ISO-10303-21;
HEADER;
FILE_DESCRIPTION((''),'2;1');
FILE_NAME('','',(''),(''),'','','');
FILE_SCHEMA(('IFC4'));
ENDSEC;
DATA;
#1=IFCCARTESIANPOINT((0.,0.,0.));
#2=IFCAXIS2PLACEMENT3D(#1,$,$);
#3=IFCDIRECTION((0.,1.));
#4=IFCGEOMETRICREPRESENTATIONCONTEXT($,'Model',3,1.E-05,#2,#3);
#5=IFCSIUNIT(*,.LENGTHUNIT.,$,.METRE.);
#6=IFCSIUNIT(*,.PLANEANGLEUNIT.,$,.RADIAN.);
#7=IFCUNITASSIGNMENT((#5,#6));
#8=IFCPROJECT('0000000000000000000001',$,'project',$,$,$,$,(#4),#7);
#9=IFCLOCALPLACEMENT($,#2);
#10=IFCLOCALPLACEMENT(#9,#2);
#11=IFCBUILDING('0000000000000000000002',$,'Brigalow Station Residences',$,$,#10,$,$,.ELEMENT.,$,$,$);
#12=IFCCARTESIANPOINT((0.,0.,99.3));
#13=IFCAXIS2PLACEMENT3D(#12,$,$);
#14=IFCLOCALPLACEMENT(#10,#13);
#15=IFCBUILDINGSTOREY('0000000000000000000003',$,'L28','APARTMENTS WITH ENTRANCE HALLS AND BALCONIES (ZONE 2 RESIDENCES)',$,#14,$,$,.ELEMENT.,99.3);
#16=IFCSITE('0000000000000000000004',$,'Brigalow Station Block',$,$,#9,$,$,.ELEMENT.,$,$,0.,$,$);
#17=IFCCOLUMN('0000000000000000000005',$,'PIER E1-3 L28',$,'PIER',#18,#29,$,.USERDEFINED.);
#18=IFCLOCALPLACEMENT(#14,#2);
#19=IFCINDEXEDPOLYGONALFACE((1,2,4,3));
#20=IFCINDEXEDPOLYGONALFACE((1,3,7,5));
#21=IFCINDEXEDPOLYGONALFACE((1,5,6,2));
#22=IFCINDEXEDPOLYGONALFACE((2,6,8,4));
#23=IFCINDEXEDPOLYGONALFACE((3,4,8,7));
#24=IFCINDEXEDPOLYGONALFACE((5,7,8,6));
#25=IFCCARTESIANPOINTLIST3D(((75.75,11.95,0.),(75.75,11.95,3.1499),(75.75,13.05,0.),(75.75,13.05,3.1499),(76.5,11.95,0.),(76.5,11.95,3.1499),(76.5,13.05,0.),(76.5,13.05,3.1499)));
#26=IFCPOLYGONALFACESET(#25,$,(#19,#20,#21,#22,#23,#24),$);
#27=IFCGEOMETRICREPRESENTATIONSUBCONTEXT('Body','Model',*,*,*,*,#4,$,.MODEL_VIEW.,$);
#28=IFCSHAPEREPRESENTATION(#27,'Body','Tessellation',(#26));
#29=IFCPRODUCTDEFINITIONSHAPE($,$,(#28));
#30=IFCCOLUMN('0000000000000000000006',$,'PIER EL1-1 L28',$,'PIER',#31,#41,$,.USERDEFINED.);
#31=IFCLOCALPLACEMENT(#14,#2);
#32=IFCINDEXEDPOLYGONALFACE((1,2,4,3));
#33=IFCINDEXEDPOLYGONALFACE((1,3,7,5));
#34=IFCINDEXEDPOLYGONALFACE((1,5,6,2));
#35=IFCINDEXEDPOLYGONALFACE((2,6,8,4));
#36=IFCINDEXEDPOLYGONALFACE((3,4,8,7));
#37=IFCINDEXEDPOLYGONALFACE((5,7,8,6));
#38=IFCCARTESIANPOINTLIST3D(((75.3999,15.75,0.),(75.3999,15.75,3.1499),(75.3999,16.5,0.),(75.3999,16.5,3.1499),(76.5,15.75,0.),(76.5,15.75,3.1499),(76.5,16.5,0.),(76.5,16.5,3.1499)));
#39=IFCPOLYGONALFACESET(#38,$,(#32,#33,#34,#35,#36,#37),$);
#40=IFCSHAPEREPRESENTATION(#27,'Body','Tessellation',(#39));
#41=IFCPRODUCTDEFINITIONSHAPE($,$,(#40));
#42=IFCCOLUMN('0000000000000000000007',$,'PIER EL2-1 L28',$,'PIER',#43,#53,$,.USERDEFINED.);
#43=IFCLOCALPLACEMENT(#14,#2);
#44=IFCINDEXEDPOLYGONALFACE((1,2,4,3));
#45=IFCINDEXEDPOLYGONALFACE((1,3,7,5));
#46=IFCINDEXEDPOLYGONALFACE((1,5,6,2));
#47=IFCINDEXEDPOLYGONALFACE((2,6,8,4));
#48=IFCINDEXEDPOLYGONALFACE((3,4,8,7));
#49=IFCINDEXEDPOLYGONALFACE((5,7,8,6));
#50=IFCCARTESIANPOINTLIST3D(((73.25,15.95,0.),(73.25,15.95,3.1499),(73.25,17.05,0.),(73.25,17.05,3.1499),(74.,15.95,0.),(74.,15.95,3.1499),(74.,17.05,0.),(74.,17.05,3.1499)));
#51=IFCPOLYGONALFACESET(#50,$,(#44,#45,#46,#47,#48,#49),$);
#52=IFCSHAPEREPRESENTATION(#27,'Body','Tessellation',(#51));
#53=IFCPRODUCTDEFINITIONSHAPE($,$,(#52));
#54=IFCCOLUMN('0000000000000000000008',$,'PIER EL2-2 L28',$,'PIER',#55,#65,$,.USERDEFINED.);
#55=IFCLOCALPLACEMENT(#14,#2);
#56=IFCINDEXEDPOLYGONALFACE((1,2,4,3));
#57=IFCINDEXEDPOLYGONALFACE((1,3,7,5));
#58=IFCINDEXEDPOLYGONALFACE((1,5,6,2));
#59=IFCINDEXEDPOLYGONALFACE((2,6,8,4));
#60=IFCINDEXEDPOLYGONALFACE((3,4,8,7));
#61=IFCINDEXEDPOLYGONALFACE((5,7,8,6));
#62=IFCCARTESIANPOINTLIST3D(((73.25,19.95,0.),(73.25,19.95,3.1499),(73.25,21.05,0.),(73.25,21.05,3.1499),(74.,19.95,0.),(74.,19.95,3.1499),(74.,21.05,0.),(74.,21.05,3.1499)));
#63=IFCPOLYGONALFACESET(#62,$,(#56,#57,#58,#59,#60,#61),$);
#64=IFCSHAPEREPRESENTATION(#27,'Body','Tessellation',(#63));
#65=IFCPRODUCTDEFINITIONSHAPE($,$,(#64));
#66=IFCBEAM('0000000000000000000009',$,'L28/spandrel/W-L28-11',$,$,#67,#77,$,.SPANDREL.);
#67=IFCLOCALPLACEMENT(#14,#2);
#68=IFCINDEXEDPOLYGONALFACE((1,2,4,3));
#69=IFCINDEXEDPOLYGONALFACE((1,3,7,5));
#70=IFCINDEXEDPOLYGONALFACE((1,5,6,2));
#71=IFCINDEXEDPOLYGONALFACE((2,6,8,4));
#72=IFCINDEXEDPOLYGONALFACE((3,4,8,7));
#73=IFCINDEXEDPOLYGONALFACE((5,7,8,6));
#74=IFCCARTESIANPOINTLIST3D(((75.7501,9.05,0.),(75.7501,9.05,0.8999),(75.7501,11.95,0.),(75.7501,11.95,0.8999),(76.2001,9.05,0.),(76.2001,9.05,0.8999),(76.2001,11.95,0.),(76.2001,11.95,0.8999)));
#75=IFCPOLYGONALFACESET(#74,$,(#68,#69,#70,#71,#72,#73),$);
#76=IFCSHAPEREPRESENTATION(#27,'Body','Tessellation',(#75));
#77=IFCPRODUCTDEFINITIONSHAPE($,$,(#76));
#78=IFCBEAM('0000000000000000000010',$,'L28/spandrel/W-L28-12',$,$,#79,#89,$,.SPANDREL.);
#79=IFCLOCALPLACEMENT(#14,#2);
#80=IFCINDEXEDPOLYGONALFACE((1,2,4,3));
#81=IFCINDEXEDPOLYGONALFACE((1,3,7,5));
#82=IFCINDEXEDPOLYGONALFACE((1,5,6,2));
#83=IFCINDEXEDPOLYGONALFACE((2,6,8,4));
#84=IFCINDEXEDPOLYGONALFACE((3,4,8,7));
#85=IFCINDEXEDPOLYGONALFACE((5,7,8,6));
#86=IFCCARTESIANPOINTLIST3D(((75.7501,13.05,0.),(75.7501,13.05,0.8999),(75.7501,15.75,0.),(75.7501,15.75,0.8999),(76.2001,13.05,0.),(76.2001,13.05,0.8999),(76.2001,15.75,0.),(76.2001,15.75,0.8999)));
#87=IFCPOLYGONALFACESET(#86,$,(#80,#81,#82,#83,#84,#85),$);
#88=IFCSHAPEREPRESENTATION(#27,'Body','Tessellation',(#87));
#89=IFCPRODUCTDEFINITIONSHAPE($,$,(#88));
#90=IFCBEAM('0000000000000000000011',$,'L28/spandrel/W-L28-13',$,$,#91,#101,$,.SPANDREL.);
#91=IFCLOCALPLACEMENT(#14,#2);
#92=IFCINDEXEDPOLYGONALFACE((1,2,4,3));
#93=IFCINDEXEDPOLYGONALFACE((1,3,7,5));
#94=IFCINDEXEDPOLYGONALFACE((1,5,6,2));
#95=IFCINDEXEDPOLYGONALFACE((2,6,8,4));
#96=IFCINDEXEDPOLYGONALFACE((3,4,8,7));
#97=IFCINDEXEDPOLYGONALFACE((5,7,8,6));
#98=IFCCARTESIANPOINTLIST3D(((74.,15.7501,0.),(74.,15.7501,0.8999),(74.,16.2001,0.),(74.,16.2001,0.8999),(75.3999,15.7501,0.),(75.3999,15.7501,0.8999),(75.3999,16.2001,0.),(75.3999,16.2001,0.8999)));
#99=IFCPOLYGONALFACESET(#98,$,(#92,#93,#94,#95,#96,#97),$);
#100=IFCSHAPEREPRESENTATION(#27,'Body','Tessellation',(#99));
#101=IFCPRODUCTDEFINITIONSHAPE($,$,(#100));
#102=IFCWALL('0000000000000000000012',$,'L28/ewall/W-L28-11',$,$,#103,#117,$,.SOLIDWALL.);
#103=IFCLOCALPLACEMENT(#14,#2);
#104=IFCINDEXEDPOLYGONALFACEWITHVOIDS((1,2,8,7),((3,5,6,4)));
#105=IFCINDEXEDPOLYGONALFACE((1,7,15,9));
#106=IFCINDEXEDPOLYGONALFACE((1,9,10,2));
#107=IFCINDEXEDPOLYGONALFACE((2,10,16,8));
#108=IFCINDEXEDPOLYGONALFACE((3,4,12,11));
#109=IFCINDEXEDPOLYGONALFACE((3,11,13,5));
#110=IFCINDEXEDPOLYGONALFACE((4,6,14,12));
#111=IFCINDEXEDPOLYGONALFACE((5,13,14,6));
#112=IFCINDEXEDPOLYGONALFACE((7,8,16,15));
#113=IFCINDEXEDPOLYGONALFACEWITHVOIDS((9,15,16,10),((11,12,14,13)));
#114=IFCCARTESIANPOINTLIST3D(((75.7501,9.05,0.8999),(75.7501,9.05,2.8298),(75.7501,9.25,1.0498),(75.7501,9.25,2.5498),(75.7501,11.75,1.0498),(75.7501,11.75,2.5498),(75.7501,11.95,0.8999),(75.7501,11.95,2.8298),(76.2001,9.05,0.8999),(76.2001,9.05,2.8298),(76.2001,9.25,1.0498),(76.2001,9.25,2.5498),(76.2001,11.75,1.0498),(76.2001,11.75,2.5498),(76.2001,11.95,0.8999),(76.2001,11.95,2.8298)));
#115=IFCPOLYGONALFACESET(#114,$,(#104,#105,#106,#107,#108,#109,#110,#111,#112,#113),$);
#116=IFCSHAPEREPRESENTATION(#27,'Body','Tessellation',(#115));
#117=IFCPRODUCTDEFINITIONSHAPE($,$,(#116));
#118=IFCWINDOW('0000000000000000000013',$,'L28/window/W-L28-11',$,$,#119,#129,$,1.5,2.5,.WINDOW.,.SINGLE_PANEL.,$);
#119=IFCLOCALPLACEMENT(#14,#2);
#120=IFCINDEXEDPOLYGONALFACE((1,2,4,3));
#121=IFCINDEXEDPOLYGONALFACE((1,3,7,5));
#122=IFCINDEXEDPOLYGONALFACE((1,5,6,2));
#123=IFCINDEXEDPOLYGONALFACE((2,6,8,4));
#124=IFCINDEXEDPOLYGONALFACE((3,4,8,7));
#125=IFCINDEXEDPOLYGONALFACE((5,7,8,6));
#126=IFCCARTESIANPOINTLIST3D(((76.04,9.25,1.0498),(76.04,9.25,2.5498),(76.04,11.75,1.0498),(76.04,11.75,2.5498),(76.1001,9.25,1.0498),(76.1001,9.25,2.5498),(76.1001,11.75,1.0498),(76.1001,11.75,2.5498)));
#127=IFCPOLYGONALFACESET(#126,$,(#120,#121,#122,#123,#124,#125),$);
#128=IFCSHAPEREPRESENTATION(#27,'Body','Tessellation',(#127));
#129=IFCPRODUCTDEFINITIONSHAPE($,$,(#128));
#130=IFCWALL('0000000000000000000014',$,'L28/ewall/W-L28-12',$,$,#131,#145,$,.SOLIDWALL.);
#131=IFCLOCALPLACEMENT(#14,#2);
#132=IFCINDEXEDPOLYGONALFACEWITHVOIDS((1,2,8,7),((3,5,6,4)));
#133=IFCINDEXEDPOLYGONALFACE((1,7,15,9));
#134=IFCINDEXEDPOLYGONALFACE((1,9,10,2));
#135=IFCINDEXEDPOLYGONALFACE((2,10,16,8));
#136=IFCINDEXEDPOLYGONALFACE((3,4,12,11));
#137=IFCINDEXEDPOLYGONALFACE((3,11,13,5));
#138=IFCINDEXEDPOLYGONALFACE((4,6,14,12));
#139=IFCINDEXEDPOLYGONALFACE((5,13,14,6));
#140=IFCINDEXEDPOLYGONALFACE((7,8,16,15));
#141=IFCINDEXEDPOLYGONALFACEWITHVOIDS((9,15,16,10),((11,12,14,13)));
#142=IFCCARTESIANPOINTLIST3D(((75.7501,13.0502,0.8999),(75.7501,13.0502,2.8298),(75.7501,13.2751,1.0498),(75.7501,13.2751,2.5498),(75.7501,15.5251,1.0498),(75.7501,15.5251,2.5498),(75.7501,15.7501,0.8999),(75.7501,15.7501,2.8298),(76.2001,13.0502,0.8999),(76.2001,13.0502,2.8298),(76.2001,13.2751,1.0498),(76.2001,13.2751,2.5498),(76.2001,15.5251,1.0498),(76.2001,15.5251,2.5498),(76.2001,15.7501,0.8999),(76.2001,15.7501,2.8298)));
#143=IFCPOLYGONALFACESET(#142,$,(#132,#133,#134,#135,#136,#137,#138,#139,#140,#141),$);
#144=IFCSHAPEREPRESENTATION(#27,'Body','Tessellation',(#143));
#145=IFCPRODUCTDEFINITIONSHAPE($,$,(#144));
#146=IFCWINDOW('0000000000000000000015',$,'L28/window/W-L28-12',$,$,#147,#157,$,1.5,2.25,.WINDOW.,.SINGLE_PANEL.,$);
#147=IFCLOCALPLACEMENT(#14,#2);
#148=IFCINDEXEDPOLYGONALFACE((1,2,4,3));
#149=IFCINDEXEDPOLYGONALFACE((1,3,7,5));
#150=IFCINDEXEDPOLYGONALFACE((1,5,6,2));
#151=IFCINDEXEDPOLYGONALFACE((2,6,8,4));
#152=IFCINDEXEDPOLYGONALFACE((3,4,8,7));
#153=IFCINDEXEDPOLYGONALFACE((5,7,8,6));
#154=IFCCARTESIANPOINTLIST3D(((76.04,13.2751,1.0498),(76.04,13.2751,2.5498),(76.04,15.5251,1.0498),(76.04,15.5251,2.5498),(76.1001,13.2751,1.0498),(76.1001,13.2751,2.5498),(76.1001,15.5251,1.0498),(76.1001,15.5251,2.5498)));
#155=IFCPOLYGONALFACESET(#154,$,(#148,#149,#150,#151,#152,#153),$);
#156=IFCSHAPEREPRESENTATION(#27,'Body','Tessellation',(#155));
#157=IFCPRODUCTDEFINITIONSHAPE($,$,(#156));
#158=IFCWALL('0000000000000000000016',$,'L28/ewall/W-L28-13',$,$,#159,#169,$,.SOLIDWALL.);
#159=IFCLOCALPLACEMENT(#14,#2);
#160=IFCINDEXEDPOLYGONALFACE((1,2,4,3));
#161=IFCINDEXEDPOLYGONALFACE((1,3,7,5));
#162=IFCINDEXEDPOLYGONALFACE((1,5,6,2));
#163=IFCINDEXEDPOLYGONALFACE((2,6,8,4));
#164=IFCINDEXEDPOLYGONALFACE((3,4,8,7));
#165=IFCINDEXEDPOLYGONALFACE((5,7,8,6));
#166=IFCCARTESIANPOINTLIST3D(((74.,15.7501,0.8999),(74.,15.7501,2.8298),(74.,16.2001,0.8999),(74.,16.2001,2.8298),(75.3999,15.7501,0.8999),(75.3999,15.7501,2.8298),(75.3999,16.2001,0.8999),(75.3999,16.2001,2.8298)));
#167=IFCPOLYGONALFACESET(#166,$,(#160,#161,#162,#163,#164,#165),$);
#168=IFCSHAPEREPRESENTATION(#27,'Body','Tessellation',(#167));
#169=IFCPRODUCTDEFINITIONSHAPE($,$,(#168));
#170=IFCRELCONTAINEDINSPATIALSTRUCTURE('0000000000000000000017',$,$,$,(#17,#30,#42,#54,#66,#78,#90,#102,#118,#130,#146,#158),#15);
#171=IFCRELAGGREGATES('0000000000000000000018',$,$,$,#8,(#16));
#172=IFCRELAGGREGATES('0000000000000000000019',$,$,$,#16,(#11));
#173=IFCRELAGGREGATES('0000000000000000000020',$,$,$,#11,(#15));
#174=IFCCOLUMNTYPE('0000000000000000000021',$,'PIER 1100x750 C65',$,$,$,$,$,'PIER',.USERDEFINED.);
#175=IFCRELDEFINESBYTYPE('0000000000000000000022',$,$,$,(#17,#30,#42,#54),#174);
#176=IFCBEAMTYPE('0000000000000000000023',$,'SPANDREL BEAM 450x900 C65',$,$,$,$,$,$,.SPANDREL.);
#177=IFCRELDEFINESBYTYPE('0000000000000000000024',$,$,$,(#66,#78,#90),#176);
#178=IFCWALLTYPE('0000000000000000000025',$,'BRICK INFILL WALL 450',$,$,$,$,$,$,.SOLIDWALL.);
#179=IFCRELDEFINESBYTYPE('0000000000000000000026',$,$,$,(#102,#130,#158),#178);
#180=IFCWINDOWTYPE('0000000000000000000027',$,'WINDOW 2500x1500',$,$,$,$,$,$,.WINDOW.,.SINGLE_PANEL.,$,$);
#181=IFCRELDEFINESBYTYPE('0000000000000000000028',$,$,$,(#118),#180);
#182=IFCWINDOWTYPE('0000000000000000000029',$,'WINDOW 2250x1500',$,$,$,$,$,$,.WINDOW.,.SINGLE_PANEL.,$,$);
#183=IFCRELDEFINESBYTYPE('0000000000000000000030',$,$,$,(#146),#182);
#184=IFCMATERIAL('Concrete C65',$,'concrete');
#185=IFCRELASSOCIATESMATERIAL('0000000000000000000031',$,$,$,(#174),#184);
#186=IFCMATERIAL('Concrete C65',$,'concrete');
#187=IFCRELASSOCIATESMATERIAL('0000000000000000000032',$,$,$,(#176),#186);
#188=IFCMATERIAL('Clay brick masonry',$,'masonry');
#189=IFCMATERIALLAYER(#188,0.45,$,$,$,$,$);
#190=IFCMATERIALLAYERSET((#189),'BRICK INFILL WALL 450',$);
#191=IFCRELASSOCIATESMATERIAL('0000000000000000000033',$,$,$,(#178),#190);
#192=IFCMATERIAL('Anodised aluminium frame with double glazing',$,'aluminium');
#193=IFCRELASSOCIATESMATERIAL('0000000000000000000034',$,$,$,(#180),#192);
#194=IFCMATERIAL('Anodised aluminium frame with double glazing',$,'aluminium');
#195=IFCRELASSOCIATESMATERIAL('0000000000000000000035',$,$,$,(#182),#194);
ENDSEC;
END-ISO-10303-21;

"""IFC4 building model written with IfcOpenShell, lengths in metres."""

from ifc_helpers import new_model, si_unit, direction, frame, frame_2d, origin, origin_2d, place, context, subcontext, project, spatial, rectangle, extrude, material, layer, layer_set, material_profile, profile_set, type_object, element, fill, save


model = new_model("IFC4")

# Units and contexts
model_context = context("Model", 3, precision=1e-05, world=origin(), true_north=direction((0.0, 1.0)))
body_context = subcontext(model_context, "Body", "Model", "MODEL_VIEW")
ifc_project = project(units=[si_unit("LENGTHUNIT", "METRE"), si_unit("PLANEANGLEUNIT", "RADIAN")], contexts=[model_context])

# Site, building, storey
site_placement = place(None, origin())
site = spatial("IfcSite", under=ifc_project, at=site_placement, Name="Brigalow Station Block", CompositionType="ELEMENT", RefElevation=0.0)
building_placement = place(site_placement, origin())
building = spatial("IfcBuilding", under=site, at=building_placement, Name="Brigalow Station Residences", CompositionType="ELEMENT")
storey_placement = place(building_placement, frame((0.0, 0.0, 99.3)))
storey = spatial("IfcBuildingStorey", under=building, at=storey_placement, Name="L28", Description="APARTMENTS WITH ENTRANCE HALLS AND BALCONIES (ZONE 2 RESIDENCES)", CompositionType="ELEMENT", Elevation=99.3)

# Columns
ifc_material_1 = material(Name="Concrete C65", Category="concrete")
ifc_material_profile_1 = material_profile(ifc_material_1, rectangle(XDim=1.1001, YDim=0.75, at=origin_2d()), Name="RC1100x750")
ifc_profile_set_1 = profile_set([ifc_material_profile_1], Name="Concrete C65")
column_type = type_object("IfcColumnType", Name="PIER 1100x750 C65", ElementType="PIER", PredefinedType="USERDEFINED", material=ifc_profile_set_1)
for number, where, z_axis, x_axis, name in (
    (1, (76.125, 12.5, 0.0), (0.0, 0.0, 1.0), (0.0, 1.0, 0.0), "PIER E1-3 L28"),
    (2, (75.95, 16.125, 0.0), (0.0, 0.0, 1.0), (-1.0, 0.0, 0.0), "PIER EL1-1 L28"),
    (3, (73.625, 16.5, 0.0), (0.0, 0.0, 1.0), (0.0, 1.0, 0.0), "PIER EL2-1 L28"),
    (4, (73.625, 20.5, 0.0), (0.0, 0.0, 1.0), (0.0, 1.0, 0.0), "PIER EL2-2 L28"),
):
    element("IfcColumn", number, at=place(storey_placement, frame(where, z_axis=z_axis, x_axis=x_axis)), inside=storey, type_object=column_type, Name=name, ObjectType="PIER", PredefinedType="USERDEFINED", context=body_context, shape_type="SweptSolid", body=[
        extrude(rectangle(XDim=1.1001, YDim=0.75, at=origin_2d()), origin(), (0.0, 0.0, 1.0), 3.1499),
    ])

# Beams
ifc_material_2 = material(Name="Concrete C65", Category="concrete")
ifc_material_profile_2 = material_profile(ifc_material_2, rectangle(XDim=0.45, YDim=0.8999, at=origin_2d()), Name="RC450x900")
ifc_profile_set_2 = profile_set([ifc_material_profile_2], Name="Concrete C65")
beam_type = type_object("IfcBeamType", Name="SPANDREL BEAM 450x900 C65", PredefinedType="SPANDREL", material=ifc_profile_set_2)
beam_1_placement = place(storey_placement, frame((75.9751, 9.05, 0.45), z_axis=(0.0, 1.0, 0.0), x_axis=(-1.0, 0.0, 0.0)))
element("IfcBeam", 5, at=beam_1_placement, inside=storey, type_object=beam_type, Name="L28/spandrel/W-L28-11", PredefinedType="SPANDREL", context=body_context, shape_type="SweptSolid", body=[
    extrude(rectangle(XDim=0.45, YDim=0.8999, at=origin_2d()), origin(), (0.0, 0.0, 1.0), 2.8999),
])
beam_2_placement = place(storey_placement, frame((75.9751, 13.05, 0.45), z_axis=(0.0, 1.0, 0.0), x_axis=(-1.0, 0.0, 0.0)))
element("IfcBeam", 6, at=beam_2_placement, inside=storey, type_object=beam_type, Name="L28/spandrel/W-L28-12", PredefinedType="SPANDREL", context=body_context, shape_type="SweptSolid", body=[
    extrude(rectangle(XDim=0.45, YDim=0.8999, at=origin_2d()), origin(), (0.0, 0.0, 1.0), 2.7),
])
beam_3_placement = place(storey_placement, frame((75.3999, 15.9751, 0.45), z_axis=(-1.0, 0.0, 0.0), x_axis=(0.0, -1.0, 0.0)))
element("IfcBeam", 7, at=beam_3_placement, inside=storey, type_object=beam_type, Name="L28/spandrel/W-L28-13", PredefinedType="SPANDREL", context=body_context, shape_type="SweptSolid", body=[
    extrude(rectangle(XDim=0.45, YDim=0.8999, at=origin_2d()), origin(), (0.0, 0.0, 1.0), 1.3999),
])

# Walls, openings, windows
ifc_material_3 = material(Name="Clay brick masonry", Category="masonry")
ifc_layer = layer(ifc_material_3, 0.45)
ifc_layer_set = layer_set([ifc_layer], Name="BRICK INFILL WALL 450")
wall_type = type_object("IfcWallType", Name="BRICK INFILL WALL 450", PredefinedType="SOLIDWALL", material=ifc_layer_set)
wall_1_placement = place(storey_placement, frame((75.9751, 9.05, 0.8999), z_axis=(0.0, 0.0, 1.0), x_axis=(0.0, 1.0, 0.0)))
wall_1 = element("IfcWall", 8, at=wall_1_placement, inside=storey, type_object=wall_type, Name="L28/ewall/W-L28-11", PredefinedType="SOLIDWALL", context=body_context, shape_type="SweptSolid", body=[
    extrude(rectangle(XDim=2.8999, YDim=0.45, at=frame_2d((1.45, 0.0))), origin(), (0.0, 0.0, 1.0), 1.9299),
])
opening_1_placement = place(wall_1_placement, frame((0.2, 0.0, 0.1499)))
opening_1 = element("IfcOpeningElement", 9, at=opening_1_placement, cuts=wall_1, PredefinedType="OPENING", context=body_context, shape_type="SweptSolid", body=[
    extrude(rectangle(XDim=2.5, YDim=1.5, at=frame_2d((1.25, 0.75))), frame((0.0, 0.2349, 0.0), z_axis=(0.0, -1.0, 0.0), x_axis=(1.0, 0.0, 0.0)), (0.0, 0.0, 1.0), 0.47),
])
ifc_material_4 = material(Name="Anodised aluminium frame with double glazing", Category="aluminium")
window_type_1 = type_object("IfcWindowType", Name="WINDOW 2500x1500", PartitioningType="SINGLE_PANEL", PredefinedType="WINDOW", material=ifc_material_4)
window_1_placement = place(opening_1_placement, origin())
window_1 = element("IfcWindow", 10, at=window_1_placement, inside=storey, type_object=window_type_1, Name="L28/window/W-L28-11", OverallHeight=1.5, OverallWidth=2.5, PartitioningType="SINGLE_PANEL", PredefinedType="WINDOW", context=body_context, shape_type="SweptSolid", body=[
    extrude(rectangle(XDim=2.5, YDim=1.5, at=frame_2d((1.25, 0.75))), frame((0.0, -0.0649, 0.0), z_axis=(0.0, -1.0, 0.0), x_axis=(1.0, 0.0, 0.0)), (0.0, 0.0, 1.0), 0.0601),
])
fill(opening_1, window_1)
wall_2_placement = place(storey_placement, frame((75.9751, 13.05, 0.8999), z_axis=(0.0, 0.0, 1.0), x_axis=(0.0, 1.0, 0.0)))
wall_2 = element("IfcWall", 11, at=wall_2_placement, inside=storey, type_object=wall_type, Name="L28/ewall/W-L28-12", PredefinedType="SOLIDWALL", context=body_context, shape_type="SweptSolid", body=[
    extrude(rectangle(XDim=2.7, YDim=0.45, at=frame_2d((1.3501, 0.0))), origin(), (0.0, 0.0, 1.0), 1.9299),
])
opening_2_placement = place(wall_2_placement, frame((0.2251, 0.0, 0.1499)))
opening_2 = element("IfcOpeningElement", 12, at=opening_2_placement, cuts=wall_2, PredefinedType="OPENING", context=body_context, shape_type="SweptSolid", body=[
    extrude(rectangle(XDim=2.25, YDim=1.5, at=frame_2d((1.125, 0.75))), frame((0.0, 0.2349, 0.0), z_axis=(0.0, -1.0, 0.0), x_axis=(1.0, 0.0, 0.0)), (0.0, 0.0, 1.0), 0.47),
])
ifc_material_5 = material(Name="Anodised aluminium frame with double glazing", Category="aluminium")
window_type_2 = type_object("IfcWindowType", Name="WINDOW 2250x1500", PartitioningType="SINGLE_PANEL", PredefinedType="WINDOW", material=ifc_material_5)
window_2_placement = place(opening_2_placement, origin())
window_2 = element("IfcWindow", 13, at=window_2_placement, inside=storey, type_object=window_type_2, Name="L28/window/W-L28-12", OverallHeight=1.5, OverallWidth=2.25, PartitioningType="SINGLE_PANEL", PredefinedType="WINDOW", context=body_context, shape_type="SweptSolid", body=[
    extrude(rectangle(XDim=2.25, YDim=1.5, at=frame_2d((1.125, 0.75))), frame((0.0, -0.0649, 0.0), z_axis=(0.0, -1.0, 0.0), x_axis=(1.0, 0.0, 0.0)), (0.0, 0.0, 1.0), 0.0601),
])
fill(opening_2, window_2)

# Wall
wall_3_placement = place(storey_placement, frame((75.3999, 15.9751, 0.8999), z_axis=(0.0, 0.0, 1.0), x_axis=(-1.0, 0.0, 0.0)))
element("IfcWall", 14, at=wall_3_placement, inside=storey, type_object=wall_type, Name="L28/ewall/W-L28-13", PredefinedType="SOLIDWALL", context=body_context, shape_type="SweptSolid", body=[
    extrude(rectangle(XDim=1.3999, YDim=0.45, at=frame_2d((0.7, 0.0))), origin(), (0.0, 0.0, 1.0), 1.9299),
])

save(model, "model.ifc")
